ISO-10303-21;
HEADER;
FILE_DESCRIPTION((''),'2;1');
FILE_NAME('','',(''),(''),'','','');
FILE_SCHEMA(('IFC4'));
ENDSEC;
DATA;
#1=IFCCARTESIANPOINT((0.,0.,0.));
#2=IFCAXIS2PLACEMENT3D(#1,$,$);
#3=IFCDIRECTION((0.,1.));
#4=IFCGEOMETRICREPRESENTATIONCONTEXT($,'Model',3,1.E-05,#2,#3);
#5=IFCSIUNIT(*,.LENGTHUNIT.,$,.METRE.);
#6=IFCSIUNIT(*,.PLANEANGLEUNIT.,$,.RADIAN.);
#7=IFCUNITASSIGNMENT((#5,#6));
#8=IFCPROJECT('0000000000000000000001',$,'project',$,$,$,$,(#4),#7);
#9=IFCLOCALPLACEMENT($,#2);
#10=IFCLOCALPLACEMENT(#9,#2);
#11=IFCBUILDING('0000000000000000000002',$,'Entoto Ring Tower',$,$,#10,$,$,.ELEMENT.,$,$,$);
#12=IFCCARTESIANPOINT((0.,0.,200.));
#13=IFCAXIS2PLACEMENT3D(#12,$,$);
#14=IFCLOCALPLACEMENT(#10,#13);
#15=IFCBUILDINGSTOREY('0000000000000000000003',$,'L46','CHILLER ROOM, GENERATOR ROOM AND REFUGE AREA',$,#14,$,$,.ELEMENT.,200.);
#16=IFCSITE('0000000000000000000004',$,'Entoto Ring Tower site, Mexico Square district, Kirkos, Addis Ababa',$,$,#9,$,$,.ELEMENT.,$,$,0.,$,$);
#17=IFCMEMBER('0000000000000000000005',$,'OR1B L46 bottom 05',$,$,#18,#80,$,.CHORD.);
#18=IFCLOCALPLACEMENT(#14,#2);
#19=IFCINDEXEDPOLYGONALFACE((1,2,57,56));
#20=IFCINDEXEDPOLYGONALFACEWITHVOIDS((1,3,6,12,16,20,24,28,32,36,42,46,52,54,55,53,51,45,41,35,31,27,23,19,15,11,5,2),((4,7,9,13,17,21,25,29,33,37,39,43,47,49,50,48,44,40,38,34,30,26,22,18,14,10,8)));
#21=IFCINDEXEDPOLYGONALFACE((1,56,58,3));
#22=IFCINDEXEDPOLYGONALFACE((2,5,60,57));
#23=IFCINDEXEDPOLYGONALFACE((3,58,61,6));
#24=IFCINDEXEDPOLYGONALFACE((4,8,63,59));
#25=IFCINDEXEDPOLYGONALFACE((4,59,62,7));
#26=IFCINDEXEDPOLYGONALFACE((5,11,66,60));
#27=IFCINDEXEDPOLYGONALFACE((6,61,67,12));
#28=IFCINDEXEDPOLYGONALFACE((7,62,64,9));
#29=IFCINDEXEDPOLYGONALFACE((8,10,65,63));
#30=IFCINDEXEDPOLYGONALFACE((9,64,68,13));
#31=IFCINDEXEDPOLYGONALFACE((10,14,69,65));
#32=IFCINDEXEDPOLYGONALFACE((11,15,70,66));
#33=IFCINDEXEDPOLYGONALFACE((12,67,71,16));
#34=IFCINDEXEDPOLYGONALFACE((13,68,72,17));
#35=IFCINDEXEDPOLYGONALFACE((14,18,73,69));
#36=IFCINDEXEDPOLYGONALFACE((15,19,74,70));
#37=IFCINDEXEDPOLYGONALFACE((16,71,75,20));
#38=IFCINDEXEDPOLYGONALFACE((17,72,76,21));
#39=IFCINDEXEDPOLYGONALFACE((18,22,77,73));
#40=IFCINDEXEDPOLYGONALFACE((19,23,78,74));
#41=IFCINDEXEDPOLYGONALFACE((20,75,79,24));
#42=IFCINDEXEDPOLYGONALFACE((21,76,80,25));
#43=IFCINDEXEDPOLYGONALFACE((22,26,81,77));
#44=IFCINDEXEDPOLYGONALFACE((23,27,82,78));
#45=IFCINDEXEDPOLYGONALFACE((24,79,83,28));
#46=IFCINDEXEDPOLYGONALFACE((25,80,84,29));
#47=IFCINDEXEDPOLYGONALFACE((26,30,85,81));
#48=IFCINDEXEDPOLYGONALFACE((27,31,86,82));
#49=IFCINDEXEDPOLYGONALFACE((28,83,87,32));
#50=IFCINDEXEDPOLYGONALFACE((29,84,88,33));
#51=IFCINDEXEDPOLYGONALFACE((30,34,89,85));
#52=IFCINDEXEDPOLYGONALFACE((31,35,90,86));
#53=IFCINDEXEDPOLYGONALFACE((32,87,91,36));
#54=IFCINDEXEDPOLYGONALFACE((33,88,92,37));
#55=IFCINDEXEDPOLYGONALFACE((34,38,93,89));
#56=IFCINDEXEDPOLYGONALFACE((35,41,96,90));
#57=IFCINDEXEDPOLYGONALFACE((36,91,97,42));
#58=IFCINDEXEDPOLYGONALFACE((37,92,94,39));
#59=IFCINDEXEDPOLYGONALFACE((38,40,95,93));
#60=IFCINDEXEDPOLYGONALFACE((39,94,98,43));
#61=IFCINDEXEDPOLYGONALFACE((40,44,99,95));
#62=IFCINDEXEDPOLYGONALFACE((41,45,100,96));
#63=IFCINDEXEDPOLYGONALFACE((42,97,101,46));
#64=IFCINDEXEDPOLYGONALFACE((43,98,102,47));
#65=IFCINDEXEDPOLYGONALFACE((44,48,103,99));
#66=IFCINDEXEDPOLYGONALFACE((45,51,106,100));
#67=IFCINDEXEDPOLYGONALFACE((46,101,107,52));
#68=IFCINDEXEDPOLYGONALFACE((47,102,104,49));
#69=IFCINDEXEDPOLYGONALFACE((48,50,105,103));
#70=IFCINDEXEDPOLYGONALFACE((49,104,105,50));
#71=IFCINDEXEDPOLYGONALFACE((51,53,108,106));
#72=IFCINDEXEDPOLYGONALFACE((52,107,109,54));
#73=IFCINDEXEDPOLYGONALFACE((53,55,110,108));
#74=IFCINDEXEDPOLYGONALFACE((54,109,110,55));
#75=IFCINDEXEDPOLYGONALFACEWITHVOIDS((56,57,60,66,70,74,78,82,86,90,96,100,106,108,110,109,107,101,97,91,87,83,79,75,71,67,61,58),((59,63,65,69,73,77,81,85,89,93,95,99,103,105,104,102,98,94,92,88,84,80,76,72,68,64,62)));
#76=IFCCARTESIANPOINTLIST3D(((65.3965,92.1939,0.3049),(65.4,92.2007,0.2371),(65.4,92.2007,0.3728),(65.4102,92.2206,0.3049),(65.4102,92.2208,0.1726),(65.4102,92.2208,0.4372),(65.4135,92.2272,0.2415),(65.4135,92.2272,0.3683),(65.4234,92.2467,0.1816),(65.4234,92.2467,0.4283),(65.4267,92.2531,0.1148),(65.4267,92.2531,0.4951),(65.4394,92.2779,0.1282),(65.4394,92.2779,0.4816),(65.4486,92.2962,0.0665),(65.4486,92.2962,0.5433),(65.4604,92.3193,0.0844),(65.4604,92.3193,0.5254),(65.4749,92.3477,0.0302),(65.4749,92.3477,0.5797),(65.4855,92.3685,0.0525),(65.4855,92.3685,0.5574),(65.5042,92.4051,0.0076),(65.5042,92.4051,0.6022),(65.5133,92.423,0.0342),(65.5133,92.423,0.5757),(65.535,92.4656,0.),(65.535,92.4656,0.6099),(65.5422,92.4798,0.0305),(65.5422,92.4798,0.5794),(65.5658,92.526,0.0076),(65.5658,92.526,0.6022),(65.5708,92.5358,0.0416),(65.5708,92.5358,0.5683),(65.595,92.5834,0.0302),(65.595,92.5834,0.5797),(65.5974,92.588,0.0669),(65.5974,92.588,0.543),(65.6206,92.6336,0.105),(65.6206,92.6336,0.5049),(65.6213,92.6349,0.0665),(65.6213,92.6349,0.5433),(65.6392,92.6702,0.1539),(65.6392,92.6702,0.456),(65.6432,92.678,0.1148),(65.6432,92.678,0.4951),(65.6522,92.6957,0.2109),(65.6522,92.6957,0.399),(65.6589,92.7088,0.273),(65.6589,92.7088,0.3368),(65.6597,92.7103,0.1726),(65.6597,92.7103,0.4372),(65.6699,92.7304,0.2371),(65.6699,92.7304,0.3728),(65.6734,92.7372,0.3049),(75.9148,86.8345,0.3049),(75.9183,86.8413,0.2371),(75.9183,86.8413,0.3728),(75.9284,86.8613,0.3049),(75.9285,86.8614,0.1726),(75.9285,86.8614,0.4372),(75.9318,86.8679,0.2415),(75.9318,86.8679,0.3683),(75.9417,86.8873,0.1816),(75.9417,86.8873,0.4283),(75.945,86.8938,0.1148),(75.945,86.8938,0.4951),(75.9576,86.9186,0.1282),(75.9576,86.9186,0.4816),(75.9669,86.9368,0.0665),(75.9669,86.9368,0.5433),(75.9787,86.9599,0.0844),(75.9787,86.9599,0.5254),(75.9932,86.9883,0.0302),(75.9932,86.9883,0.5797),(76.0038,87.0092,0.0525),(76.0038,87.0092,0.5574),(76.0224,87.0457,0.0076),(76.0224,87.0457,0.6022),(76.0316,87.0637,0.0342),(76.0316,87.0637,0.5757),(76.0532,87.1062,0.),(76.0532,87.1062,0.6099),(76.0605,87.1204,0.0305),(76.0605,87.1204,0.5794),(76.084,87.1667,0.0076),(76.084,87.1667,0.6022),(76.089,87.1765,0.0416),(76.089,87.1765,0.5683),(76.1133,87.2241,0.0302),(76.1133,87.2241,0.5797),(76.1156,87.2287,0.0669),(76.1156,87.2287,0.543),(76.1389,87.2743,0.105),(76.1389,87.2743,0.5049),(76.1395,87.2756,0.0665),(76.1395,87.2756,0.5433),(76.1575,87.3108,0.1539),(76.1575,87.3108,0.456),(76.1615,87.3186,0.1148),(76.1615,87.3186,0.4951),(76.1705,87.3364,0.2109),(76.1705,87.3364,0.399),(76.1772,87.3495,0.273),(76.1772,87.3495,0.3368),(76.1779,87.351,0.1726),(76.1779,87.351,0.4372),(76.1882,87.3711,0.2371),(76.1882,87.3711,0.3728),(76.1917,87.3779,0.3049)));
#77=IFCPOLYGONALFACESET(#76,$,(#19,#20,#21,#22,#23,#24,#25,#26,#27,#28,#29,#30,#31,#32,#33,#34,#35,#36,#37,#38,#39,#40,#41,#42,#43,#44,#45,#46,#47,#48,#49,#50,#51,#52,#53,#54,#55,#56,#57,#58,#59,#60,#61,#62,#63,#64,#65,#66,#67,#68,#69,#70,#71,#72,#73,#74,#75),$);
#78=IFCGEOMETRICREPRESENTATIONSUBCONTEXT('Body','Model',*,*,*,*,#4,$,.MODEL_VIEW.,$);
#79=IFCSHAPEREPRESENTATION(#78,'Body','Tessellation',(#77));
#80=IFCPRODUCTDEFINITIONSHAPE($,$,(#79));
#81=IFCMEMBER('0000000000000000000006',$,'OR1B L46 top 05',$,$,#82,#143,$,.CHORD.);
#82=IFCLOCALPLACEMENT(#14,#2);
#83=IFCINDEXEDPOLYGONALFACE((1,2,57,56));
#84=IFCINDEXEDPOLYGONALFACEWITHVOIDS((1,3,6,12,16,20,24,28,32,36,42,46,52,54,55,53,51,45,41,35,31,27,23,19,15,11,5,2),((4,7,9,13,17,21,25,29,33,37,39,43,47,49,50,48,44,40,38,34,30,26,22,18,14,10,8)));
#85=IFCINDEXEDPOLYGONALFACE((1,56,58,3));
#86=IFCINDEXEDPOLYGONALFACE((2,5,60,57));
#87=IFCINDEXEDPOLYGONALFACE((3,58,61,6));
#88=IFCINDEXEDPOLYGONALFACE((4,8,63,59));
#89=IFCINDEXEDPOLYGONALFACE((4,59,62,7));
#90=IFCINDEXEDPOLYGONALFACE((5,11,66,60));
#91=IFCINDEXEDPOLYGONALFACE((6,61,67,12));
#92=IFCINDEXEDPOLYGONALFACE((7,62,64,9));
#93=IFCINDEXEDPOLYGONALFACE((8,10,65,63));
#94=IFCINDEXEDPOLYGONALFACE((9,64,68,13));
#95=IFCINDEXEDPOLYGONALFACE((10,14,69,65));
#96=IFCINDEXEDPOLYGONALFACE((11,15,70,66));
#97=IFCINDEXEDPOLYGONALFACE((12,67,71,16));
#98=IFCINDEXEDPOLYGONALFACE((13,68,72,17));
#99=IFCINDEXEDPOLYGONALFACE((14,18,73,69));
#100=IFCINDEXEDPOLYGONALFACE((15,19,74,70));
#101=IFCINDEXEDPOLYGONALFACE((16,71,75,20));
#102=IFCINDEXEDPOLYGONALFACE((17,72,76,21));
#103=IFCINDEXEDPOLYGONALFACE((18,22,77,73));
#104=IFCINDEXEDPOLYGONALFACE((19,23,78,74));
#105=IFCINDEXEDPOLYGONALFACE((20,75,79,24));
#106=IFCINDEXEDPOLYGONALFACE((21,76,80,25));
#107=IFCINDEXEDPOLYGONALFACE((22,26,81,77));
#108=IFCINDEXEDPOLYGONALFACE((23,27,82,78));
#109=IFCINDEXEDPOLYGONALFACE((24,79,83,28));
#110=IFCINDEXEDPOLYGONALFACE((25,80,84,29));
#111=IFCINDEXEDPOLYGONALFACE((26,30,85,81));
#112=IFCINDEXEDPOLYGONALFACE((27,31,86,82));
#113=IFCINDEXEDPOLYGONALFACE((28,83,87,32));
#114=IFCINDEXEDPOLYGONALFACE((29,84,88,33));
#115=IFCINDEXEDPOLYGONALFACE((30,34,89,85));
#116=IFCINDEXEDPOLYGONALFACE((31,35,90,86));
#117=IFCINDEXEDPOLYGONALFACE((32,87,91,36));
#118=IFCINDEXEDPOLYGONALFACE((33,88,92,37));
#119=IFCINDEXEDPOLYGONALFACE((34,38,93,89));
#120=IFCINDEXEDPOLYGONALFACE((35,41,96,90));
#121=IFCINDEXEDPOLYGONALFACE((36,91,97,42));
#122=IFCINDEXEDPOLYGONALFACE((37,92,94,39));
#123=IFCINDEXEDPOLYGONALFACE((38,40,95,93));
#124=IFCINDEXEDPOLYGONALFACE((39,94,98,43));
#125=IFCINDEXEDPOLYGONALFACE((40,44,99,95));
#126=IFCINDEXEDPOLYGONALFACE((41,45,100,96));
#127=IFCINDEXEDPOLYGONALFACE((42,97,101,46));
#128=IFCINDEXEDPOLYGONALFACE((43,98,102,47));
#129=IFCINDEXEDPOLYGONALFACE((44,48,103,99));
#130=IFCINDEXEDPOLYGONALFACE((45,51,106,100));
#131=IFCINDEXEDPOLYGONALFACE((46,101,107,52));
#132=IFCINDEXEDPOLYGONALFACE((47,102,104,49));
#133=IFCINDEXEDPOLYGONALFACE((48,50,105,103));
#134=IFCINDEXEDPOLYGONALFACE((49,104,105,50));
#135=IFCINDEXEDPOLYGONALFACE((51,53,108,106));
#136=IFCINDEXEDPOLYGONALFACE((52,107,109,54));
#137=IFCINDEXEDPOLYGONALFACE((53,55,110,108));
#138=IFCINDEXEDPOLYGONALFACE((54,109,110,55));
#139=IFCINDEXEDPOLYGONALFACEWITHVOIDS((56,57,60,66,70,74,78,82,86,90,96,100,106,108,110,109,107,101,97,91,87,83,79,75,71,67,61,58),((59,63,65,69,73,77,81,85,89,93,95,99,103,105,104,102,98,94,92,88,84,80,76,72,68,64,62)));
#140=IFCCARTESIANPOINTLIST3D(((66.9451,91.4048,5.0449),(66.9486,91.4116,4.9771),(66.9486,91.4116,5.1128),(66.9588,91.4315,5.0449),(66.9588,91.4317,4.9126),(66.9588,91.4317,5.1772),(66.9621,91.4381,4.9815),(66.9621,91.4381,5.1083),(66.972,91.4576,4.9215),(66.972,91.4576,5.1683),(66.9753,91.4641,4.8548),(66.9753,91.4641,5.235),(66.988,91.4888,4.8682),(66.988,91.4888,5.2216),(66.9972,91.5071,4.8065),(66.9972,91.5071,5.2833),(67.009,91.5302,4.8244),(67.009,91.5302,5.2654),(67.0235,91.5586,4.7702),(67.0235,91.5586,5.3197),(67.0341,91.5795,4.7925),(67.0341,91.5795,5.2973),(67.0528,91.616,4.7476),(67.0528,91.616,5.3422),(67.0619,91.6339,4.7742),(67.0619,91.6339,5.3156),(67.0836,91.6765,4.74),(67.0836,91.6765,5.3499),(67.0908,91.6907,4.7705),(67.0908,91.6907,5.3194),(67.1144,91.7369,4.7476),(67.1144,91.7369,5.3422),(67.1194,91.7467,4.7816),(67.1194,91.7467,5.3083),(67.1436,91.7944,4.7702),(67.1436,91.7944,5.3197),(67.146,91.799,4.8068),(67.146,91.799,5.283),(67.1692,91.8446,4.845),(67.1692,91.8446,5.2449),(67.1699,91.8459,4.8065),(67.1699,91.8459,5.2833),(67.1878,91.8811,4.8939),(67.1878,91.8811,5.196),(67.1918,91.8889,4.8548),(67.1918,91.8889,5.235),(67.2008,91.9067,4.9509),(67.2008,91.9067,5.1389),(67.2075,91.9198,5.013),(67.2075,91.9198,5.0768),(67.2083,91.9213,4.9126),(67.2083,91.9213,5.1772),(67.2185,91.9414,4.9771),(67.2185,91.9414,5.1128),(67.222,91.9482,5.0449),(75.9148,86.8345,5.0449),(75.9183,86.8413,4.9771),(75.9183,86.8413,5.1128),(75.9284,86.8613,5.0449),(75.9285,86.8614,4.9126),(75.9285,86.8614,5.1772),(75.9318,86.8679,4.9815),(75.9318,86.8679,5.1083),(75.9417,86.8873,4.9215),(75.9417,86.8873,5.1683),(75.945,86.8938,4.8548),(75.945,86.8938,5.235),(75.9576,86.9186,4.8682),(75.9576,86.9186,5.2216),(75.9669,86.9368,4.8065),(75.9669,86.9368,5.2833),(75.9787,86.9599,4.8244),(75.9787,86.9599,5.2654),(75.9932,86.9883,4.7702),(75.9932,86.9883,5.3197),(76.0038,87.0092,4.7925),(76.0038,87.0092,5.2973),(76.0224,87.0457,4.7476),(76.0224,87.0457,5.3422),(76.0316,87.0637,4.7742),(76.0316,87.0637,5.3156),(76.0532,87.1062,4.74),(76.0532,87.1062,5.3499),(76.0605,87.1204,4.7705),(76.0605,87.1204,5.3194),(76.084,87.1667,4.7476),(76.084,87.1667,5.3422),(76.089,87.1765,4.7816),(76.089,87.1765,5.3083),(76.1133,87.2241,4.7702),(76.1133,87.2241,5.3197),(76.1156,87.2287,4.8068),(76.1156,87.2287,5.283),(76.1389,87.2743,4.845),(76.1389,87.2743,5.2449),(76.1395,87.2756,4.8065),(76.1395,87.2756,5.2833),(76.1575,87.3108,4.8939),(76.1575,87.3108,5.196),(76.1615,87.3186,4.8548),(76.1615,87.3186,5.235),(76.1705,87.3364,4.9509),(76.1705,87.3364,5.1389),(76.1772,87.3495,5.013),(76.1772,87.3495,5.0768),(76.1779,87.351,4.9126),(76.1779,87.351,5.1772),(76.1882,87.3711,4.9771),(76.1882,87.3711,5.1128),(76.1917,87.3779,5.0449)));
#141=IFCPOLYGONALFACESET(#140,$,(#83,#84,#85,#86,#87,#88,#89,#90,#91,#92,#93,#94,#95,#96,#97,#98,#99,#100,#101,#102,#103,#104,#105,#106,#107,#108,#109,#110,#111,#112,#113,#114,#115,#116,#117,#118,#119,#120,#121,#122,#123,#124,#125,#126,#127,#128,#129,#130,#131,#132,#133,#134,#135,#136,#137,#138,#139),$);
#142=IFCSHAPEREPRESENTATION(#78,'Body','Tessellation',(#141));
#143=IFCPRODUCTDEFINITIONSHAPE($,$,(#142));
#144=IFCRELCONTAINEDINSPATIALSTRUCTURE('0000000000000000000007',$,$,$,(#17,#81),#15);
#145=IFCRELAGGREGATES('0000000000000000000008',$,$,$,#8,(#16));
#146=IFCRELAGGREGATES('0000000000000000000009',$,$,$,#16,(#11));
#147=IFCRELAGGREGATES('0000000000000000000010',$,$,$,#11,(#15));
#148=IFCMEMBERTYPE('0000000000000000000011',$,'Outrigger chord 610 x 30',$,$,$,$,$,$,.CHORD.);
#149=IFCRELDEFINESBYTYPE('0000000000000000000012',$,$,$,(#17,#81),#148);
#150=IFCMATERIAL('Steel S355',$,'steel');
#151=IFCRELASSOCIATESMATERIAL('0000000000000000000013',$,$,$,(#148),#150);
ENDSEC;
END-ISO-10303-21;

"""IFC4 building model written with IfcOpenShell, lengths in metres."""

from ifc_helpers import new_model, si_unit, direction, frame, origin, origin_2d, place, context, subcontext, project, spatial, circle, hollow_circle, extrude, material, material_profile, profile_set, type_object, element, save


model = new_model("IFC4")

# Units and contexts
model_context = context("Model", 3, precision=1e-05, world=origin(), true_north=direction((0.0, 1.0)))
body_context = subcontext(model_context, "Body", "Model", "MODEL_VIEW")
ifc_project = project(units=[si_unit("LENGTHUNIT", "METRE"), si_unit("PLANEANGLEUNIT", "RADIAN")], contexts=[model_context])

# Site, building, storey
site_placement = place(None, origin())
site = spatial("IfcSite", under=ifc_project, at=site_placement, Name="Entoto Ring Tower site, Mexico Square district, Kirkos, Addis Ababa", CompositionType="ELEMENT", RefElevation=0.0)
building_placement = place(site_placement, origin())
building = spatial("IfcBuilding", under=site, at=building_placement, Name="Entoto Ring Tower", CompositionType="ELEMENT")
storey_placement = place(building_placement, frame((0.0, 0.0, 200.0)))
storey = spatial("IfcBuildingStorey", under=building, at=storey_placement, Name="L46", Description="CHILLER ROOM, GENERATOR ROOM AND REFUGE AREA", CompositionType="ELEMENT", Elevation=200.0)

# Members
ifc_material_1 = material(Name="Steel S355", Category="steel")
ifc_material_profile_1 = material_profile(ifc_material_1, hollow_circle(Radius=0.3049, WallThickness=0.03, at=origin_2d()), Name="CHS 610 x 30")
ifc_material_2 = material(Name="Concrete C60/75", Category="concrete")
ifc_material_profile_2 = material_profile(ifc_material_2, circle(Radius=0.2749, at=origin_2d()), Name="Concrete C60/75 infill")
ifc_profile_set_1 = profile_set([ifc_material_profile_1, ifc_material_profile_2], Name="Steel S355")
member_type_1 = type_object("IfcMemberType", Name="Outrigger chord 610 x 30", PredefinedType="CHORD", material=ifc_profile_set_1)
member_1_placement = place(storey_placement, frame((76.0532, 87.1062, 0.3049), z_axis=(-0.891006, 0.453992, 0.0), x_axis=(-0.453992, -0.891006, 0.0)))
element("IfcMember", 1, at=member_1_placement, inside=storey, type_object=member_type_1, Name="OR1B L46 bottom 05", PredefinedType="CHORD", context=body_context, shape_type="SweptSolid", body=[
    extrude(hollow_circle(Radius=0.3049, WallThickness=0.03, at=origin_2d()), origin(), (0.0, 0.0, 1.0), 11.8049),
])
member_2_placement = place(storey_placement, frame((76.0532, 87.1062, 5.0449), z_axis=(-0.891006, 0.453991, 0.0), x_axis=(-0.453991, -0.891006, 0.0)))
element("IfcMember", 2, at=member_2_placement, inside=storey, type_object=member_type_1, Name="OR1B L46 top 05", PredefinedType="CHORD", context=body_context, shape_type="SweptSolid", body=[
    extrude(hollow_circle(Radius=0.3049, WallThickness=0.03, at=origin_2d()), origin(), (0.0, 0.0, 1.0), 10.0669),
])

save(model, "model.ifc")
